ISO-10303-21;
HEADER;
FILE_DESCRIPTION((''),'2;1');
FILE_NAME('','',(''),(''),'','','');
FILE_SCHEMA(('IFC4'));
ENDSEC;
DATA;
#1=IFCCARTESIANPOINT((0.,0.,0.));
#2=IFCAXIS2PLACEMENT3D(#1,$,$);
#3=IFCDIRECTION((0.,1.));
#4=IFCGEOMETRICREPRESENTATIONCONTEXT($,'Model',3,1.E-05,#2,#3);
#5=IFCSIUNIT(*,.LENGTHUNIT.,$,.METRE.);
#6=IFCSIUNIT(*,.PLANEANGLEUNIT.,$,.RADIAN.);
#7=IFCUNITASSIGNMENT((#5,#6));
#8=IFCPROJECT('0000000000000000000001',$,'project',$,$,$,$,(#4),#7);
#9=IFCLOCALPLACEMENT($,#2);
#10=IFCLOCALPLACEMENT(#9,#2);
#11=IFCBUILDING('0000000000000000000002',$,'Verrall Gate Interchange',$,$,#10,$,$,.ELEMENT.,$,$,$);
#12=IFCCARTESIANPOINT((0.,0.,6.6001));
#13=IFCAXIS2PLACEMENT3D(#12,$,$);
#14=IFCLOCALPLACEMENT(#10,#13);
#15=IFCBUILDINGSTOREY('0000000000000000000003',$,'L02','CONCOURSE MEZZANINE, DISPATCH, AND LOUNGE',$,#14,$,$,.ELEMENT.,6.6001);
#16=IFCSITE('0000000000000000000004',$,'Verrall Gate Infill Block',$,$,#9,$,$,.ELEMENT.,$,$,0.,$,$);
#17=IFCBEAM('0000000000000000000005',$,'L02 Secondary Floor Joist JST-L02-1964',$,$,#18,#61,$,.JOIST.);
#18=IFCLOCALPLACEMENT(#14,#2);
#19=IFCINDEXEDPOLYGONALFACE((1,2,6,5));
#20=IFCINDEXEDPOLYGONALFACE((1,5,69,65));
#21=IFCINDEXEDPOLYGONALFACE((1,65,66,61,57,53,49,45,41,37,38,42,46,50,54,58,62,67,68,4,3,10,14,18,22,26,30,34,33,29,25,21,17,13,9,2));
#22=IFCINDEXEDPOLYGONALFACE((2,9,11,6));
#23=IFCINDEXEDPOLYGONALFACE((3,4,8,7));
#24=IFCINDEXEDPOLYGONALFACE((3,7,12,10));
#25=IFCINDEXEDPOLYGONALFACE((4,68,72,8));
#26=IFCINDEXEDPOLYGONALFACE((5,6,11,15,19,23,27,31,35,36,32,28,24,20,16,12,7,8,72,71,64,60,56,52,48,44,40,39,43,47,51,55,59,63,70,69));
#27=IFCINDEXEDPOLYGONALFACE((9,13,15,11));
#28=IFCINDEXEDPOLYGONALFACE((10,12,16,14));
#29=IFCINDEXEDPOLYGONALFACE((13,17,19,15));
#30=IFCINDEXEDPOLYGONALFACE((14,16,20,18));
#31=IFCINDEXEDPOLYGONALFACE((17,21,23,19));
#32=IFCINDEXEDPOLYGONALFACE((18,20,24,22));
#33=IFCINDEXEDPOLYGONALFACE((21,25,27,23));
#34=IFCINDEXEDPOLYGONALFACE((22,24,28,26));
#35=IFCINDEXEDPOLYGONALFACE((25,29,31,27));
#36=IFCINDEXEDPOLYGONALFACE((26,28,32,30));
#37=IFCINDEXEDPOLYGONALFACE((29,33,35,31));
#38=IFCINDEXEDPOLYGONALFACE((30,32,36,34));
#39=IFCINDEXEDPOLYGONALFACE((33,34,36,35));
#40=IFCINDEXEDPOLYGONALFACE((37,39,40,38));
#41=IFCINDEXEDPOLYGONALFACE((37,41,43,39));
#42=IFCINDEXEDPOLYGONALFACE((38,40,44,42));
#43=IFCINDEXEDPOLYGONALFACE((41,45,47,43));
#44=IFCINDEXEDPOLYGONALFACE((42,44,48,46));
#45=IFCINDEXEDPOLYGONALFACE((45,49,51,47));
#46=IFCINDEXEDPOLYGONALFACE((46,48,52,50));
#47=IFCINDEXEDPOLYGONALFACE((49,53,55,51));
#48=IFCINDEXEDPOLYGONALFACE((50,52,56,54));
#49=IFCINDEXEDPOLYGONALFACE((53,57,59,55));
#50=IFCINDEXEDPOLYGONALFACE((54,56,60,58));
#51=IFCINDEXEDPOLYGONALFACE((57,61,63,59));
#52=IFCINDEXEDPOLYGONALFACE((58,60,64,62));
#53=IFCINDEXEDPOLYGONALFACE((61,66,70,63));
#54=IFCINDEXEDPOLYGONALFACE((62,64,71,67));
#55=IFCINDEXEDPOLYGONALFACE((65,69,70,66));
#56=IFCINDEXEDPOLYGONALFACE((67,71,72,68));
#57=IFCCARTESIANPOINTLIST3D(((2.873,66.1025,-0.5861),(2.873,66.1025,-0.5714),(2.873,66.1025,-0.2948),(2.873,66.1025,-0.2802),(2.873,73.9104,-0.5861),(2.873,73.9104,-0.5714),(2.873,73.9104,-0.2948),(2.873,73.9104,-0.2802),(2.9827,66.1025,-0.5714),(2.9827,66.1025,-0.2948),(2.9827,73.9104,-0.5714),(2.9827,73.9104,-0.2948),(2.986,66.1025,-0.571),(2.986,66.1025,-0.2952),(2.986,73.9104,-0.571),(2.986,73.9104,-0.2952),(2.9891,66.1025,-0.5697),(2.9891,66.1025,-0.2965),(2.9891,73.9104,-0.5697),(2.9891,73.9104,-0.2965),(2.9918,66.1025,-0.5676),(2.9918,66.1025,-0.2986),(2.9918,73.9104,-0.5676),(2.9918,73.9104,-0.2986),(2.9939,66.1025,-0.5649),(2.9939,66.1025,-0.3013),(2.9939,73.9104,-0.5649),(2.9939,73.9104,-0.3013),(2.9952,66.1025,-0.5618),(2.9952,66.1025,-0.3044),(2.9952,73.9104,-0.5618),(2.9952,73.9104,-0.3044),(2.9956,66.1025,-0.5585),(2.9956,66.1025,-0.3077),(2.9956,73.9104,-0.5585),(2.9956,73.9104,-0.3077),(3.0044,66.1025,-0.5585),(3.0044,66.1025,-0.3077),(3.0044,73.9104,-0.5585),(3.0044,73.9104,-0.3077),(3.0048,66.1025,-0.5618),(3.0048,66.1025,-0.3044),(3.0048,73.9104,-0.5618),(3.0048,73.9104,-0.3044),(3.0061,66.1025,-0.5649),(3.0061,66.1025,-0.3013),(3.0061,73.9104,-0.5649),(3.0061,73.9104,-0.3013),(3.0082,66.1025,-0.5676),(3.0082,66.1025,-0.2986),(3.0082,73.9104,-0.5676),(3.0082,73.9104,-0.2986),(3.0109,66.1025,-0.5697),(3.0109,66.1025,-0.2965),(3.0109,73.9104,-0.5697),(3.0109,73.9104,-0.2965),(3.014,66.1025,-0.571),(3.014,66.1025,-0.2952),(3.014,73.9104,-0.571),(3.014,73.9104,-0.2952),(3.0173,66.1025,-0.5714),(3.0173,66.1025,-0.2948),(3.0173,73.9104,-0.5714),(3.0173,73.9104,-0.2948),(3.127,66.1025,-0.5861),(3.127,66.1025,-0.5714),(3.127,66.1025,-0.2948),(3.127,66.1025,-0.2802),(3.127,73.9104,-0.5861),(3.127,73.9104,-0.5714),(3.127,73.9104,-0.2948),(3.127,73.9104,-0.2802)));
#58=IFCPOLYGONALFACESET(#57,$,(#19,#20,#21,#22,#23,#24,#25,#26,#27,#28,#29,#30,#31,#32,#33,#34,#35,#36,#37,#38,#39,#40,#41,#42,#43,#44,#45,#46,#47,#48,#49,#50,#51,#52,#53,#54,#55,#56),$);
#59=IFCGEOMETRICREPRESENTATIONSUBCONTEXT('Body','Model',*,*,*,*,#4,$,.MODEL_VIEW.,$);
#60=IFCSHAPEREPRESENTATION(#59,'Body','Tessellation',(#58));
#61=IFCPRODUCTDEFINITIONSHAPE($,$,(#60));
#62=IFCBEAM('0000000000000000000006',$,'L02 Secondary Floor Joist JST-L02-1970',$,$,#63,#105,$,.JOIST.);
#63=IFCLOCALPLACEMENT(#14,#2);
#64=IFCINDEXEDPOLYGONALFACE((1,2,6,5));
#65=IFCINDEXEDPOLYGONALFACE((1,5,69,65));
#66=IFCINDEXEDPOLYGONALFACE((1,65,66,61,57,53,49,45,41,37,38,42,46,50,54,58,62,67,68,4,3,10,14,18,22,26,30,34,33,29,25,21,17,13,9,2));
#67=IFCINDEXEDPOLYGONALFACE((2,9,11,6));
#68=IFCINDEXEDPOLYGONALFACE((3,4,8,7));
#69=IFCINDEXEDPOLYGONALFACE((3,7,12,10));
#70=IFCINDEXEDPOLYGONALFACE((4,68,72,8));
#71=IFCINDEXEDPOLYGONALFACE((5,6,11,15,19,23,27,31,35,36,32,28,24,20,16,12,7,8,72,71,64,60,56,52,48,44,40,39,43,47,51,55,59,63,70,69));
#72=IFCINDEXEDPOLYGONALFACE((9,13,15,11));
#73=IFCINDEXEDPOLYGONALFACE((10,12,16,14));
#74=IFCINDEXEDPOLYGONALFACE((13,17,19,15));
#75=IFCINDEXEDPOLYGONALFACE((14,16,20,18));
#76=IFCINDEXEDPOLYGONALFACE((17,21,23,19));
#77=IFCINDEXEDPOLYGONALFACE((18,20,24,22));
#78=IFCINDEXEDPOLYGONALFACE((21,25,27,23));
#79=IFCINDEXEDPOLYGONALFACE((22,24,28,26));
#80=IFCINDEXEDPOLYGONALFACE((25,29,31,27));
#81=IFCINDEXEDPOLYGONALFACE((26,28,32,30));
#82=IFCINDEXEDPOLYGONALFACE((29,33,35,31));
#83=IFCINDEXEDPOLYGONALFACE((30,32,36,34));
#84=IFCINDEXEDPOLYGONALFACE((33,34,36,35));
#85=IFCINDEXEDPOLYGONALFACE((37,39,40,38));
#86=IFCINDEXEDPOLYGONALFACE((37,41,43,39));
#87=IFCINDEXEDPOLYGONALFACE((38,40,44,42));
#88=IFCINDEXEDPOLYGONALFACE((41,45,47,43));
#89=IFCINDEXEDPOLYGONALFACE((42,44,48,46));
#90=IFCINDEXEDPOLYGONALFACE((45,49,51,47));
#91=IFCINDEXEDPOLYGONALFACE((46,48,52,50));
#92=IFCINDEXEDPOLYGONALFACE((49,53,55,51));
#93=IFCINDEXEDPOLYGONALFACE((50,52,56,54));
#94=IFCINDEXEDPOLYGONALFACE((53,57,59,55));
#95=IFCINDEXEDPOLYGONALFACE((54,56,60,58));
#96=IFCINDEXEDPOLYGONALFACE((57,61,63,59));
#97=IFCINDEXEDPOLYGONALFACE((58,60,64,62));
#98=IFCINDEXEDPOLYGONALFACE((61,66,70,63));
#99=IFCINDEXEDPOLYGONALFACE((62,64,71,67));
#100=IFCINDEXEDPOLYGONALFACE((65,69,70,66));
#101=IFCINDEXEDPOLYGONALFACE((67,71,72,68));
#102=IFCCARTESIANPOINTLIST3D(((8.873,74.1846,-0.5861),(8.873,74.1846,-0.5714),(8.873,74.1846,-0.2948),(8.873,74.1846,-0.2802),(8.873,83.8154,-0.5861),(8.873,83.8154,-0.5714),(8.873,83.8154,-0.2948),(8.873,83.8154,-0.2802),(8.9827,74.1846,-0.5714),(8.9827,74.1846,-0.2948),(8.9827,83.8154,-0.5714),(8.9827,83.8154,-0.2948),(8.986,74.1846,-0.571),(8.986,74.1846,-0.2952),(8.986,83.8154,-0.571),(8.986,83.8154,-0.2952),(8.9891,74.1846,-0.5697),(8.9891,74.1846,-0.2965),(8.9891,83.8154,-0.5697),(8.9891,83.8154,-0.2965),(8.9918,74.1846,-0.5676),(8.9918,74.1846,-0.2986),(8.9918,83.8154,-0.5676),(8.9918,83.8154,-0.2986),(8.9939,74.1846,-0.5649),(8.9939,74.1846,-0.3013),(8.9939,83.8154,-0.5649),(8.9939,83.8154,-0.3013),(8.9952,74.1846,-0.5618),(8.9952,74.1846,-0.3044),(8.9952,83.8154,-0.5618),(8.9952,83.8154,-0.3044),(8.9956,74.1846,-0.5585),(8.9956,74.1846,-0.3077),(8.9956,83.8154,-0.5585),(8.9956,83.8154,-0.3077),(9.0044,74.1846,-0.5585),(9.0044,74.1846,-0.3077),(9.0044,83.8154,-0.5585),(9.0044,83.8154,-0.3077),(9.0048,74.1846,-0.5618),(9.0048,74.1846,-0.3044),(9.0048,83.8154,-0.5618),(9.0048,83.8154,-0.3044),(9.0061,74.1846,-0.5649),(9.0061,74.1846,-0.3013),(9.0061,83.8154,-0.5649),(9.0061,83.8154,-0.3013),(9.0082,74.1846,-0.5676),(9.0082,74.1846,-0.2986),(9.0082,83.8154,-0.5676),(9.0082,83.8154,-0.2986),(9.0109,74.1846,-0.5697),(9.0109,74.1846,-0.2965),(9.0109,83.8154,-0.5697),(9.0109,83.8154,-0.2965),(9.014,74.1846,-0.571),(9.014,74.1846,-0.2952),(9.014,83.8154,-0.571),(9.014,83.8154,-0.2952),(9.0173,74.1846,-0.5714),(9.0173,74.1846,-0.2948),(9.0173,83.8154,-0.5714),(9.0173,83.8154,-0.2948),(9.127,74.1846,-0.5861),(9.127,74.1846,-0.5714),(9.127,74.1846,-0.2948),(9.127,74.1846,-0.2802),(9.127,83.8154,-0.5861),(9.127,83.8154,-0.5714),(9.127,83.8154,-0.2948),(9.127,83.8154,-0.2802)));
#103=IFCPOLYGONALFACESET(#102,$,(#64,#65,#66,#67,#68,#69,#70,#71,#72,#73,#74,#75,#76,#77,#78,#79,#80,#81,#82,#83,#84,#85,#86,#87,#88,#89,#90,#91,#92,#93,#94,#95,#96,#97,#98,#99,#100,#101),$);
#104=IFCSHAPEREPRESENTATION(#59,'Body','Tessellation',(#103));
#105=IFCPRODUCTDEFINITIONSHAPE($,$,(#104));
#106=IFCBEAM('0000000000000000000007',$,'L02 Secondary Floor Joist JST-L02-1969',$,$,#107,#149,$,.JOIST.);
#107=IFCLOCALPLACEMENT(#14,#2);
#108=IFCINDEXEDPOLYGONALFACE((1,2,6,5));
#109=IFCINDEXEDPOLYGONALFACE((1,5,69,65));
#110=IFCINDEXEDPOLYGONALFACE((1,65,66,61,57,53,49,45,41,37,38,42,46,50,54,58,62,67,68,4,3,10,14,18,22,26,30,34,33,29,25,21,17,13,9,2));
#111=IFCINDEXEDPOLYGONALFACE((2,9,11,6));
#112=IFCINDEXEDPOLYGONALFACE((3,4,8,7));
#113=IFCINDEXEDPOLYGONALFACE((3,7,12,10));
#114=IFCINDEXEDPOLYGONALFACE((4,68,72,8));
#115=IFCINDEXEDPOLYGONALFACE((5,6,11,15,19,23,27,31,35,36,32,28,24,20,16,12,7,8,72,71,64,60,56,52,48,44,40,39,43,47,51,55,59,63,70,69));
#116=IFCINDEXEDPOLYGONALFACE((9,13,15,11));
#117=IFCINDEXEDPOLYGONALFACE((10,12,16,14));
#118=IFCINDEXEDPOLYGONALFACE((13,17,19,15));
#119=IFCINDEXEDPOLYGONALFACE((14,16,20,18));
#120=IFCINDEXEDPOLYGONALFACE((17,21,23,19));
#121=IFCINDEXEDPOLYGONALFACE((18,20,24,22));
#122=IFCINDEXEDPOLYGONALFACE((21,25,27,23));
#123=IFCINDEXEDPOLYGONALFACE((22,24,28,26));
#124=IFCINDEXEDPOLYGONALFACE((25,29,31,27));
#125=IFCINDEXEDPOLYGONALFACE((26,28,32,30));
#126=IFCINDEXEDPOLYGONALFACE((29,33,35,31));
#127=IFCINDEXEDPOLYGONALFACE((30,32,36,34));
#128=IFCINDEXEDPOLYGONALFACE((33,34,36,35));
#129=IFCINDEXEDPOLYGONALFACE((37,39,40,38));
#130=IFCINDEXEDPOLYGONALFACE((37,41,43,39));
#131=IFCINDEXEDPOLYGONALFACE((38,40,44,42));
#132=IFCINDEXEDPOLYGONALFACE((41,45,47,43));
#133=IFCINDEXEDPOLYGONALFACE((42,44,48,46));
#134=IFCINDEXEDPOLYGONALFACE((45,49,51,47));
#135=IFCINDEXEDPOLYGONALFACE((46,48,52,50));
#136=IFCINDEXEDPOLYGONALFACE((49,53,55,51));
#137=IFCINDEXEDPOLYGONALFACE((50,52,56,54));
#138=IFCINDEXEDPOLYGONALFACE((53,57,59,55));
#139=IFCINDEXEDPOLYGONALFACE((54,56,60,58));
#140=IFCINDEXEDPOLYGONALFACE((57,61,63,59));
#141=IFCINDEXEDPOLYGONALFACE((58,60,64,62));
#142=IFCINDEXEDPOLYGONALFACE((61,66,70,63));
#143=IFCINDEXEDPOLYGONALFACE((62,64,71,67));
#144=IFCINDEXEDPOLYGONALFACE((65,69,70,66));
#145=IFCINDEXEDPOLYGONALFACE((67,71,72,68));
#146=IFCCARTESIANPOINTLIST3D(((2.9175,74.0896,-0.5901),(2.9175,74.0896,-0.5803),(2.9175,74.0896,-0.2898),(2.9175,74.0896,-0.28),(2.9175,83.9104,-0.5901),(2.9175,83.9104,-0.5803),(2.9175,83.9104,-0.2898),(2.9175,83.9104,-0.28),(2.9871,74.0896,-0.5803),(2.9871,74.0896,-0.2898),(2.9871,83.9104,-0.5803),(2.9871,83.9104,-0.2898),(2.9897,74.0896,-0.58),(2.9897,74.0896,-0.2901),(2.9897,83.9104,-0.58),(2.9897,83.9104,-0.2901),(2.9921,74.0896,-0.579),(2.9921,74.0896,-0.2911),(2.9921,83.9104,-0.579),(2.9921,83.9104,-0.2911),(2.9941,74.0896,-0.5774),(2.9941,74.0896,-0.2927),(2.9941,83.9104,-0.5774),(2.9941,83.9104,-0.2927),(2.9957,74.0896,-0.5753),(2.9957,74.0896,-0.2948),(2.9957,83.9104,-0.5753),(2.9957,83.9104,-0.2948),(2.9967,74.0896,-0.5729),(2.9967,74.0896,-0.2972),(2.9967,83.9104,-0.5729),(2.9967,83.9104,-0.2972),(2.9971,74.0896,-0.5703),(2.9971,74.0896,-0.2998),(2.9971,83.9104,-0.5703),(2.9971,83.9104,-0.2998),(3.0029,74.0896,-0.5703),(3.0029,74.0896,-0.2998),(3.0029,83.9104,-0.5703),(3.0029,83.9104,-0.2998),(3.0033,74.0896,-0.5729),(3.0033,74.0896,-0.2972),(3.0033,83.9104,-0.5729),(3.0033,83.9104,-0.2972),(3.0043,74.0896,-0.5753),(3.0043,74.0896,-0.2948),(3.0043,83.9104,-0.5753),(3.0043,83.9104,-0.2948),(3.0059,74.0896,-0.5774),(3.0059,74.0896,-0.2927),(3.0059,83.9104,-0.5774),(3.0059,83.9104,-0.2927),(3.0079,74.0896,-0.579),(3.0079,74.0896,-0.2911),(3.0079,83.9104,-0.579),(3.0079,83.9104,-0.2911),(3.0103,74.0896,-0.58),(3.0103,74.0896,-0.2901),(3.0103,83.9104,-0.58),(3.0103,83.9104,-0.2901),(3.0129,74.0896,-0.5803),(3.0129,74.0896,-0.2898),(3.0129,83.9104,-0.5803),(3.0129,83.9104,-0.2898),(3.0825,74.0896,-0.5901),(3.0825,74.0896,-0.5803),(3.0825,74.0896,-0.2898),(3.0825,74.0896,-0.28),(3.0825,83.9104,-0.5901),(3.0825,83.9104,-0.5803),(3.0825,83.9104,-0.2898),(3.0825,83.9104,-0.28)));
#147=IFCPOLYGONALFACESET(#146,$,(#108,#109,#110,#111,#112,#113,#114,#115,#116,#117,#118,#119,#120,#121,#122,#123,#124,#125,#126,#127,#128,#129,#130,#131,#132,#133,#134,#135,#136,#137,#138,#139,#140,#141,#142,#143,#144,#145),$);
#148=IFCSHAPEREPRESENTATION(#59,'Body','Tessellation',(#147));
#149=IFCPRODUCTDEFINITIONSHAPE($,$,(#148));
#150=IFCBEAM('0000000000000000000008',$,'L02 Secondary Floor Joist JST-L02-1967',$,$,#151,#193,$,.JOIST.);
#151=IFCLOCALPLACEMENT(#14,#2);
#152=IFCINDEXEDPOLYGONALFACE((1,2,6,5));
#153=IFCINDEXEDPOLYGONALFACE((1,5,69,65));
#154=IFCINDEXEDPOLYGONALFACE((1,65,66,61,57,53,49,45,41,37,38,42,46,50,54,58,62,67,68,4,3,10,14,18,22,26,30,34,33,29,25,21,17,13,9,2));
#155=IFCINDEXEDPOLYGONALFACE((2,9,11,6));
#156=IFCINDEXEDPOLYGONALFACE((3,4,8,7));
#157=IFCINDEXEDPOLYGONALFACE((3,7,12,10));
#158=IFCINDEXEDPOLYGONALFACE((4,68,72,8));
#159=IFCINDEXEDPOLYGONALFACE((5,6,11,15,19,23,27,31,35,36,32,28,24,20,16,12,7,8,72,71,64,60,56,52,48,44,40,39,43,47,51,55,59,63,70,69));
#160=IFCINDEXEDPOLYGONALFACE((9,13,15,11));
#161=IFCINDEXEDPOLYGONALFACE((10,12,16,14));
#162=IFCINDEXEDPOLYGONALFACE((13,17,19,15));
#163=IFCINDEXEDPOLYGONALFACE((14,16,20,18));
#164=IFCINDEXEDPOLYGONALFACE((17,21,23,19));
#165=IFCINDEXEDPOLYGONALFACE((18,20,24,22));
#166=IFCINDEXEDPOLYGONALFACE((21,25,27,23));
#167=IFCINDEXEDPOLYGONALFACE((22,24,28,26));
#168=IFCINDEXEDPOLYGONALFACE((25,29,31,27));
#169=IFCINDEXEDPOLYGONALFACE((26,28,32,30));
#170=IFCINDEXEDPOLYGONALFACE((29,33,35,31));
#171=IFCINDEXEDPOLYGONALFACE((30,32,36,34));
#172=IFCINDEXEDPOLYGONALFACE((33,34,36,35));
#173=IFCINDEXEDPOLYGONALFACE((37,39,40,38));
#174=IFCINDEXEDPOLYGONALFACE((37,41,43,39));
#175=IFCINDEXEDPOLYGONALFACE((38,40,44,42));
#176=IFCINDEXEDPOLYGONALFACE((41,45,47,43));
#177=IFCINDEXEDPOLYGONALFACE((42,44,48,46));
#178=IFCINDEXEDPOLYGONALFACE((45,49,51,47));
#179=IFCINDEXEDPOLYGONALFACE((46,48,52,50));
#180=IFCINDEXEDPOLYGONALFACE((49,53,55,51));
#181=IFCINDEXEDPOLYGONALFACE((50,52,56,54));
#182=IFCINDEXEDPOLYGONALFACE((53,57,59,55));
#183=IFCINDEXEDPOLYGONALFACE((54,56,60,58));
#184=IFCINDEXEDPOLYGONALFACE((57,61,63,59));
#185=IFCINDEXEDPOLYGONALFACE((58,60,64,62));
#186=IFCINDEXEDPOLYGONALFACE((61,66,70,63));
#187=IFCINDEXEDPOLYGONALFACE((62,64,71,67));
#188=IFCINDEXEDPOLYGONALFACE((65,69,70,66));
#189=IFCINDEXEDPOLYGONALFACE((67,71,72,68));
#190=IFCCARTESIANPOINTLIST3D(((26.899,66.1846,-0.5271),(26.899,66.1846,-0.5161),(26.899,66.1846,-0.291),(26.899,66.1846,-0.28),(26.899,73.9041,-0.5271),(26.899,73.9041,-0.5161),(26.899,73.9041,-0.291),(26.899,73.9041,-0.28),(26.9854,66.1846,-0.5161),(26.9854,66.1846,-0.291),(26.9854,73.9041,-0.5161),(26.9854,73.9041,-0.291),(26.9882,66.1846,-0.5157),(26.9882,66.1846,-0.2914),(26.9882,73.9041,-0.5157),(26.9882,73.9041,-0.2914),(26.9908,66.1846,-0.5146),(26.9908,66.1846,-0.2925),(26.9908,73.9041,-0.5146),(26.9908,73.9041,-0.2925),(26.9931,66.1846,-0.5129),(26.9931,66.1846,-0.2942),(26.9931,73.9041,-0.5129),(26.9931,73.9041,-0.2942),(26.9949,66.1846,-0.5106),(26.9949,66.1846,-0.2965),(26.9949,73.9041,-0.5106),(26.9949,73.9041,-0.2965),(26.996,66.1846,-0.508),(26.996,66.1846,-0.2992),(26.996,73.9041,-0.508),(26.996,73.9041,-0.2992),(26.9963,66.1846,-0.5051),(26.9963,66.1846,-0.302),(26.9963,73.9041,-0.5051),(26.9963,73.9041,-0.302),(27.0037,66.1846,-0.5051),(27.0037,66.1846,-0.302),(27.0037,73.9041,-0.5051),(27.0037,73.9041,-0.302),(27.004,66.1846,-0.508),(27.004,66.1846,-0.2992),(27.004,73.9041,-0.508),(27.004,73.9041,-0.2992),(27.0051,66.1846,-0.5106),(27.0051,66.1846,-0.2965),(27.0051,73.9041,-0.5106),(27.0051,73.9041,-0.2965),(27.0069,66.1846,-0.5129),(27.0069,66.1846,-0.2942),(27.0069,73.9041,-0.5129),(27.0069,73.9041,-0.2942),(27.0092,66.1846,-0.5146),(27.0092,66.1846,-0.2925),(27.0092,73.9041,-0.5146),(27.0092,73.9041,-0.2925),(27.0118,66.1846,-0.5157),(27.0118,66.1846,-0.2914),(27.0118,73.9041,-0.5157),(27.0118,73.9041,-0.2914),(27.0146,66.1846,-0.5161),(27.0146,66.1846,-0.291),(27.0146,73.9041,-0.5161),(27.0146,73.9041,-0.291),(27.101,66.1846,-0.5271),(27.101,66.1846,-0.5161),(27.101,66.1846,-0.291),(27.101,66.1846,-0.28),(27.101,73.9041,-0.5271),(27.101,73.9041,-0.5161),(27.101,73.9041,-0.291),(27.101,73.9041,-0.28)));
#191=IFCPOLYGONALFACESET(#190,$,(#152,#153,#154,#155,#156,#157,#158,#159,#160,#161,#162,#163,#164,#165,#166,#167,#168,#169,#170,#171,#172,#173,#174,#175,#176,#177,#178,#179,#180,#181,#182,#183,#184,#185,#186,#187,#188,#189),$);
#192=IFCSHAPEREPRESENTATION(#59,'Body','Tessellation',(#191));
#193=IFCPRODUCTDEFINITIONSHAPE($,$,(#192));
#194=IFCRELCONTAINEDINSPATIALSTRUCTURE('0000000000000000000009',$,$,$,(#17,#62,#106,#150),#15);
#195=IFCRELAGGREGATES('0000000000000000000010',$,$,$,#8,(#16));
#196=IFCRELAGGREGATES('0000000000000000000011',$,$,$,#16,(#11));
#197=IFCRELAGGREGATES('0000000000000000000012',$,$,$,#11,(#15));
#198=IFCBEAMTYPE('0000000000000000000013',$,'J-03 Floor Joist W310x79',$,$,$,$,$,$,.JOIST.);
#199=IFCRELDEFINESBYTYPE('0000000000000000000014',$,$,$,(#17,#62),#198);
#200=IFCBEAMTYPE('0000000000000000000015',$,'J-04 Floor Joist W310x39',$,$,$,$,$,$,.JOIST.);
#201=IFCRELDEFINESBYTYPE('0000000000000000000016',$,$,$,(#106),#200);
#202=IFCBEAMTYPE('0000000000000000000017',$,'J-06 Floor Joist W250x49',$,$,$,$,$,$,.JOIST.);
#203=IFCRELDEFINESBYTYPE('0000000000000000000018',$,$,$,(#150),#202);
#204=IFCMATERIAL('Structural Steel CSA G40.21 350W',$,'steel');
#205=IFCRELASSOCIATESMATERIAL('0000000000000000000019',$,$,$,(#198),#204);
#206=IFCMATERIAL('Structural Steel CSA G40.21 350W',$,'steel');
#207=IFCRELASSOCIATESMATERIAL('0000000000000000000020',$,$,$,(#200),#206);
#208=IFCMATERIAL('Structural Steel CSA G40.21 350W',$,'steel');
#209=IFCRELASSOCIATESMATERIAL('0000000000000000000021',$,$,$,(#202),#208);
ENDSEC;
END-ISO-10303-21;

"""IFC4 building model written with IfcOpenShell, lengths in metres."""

from ifc_helpers import new_model, si_unit, direction, frame, origin, origin_2d, place, context, subcontext, project, spatial, i_section, extrude, material, material_profile, profile_set, type_object, element, save


model = new_model("IFC4")

# Units and contexts
model_context = context("Model", 3, precision=1e-05, world=origin(), true_north=direction((0.0, 1.0)))
body_context = subcontext(model_context, "Body", "Model", "MODEL_VIEW")
ifc_project = project(units=[si_unit("LENGTHUNIT", "METRE"), si_unit("PLANEANGLEUNIT", "RADIAN")], contexts=[model_context])

# Site, building, storey
site_placement = place(None, origin())
site = spatial("IfcSite", under=ifc_project, at=site_placement, Name="Verrall Gate Infill Block", CompositionType="ELEMENT", RefElevation=0.0)
building_placement = place(site_placement, origin())
building = spatial("IfcBuilding", under=site, at=building_placement, Name="Verrall Gate Interchange", CompositionType="ELEMENT")
storey_placement = place(building_placement, frame((0.0, 0.0, 6.6001)))
storey = spatial("IfcBuildingStorey", under=building, at=storey_placement, Name="L02", Description="CONCOURSE MEZZANINE, DISPATCH, AND LOUNGE", CompositionType="ELEMENT", Elevation=6.6001)

# Beams
ifc_material_1 = material(Name="Structural Steel CSA G40.21 350W", Category="steel")
ifc_material_profile_1 = material_profile(ifc_material_1, i_section(OverallWidth=0.2539, OverallDepth=0.3059, WebThickness=0.0088, FlangeThickness=0.0146, FilletRadius=0.0129, at=origin_2d()), Name="W310x79")
ifc_profile_set_1 = profile_set([ifc_material_profile_1], Name="Structural Steel CSA G40.21 350W")
beam_type_1 = type_object("IfcBeamType", Name="J-03 Floor Joist W310x79", PredefinedType="JOIST", material=ifc_profile_set_1)
beam_1_placement = place(storey_placement, frame((3.0, 66.1025, -0.4331), z_axis=(0.0, 1.0, 0.0), x_axis=(-1.0, 0.0, 0.0)))
element("IfcBeam", 1, at=beam_1_placement, inside=storey, type_object=beam_type_1, Name="L02 Secondary Floor Joist JST-L02-1964", PredefinedType="JOIST", context=body_context, shape_type="SweptSolid", body=[
    extrude(i_section(OverallWidth=0.2539, OverallDepth=0.3059, WebThickness=0.0088, FlangeThickness=0.0146, FilletRadius=0.0129, at=origin_2d()), origin(), (0.0, 0.0, 1.0), 7.8079),
])
beam_2_placement = place(storey_placement, frame((9.0, 74.1846, -0.4331), z_axis=(0.0, 1.0, 0.0), x_axis=(-1.0, 0.0, 0.0)))
element("IfcBeam", 2, at=beam_2_placement, inside=storey, type_object=beam_type_1, Name="L02 Secondary Floor Joist JST-L02-1970", PredefinedType="JOIST", context=body_context, shape_type="SweptSolid", body=[
    extrude(i_section(OverallWidth=0.2539, OverallDepth=0.3059, WebThickness=0.0088, FlangeThickness=0.0146, FilletRadius=0.0129, at=origin_2d()), origin(), (0.0, 0.0, 1.0), 9.6309),
])
ifc_material_2 = material(Name="Structural Steel CSA G40.21 350W", Category="steel")
ifc_material_profile_2 = material_profile(ifc_material_2, i_section(OverallWidth=0.165, OverallDepth=0.3101, WebThickness=0.0059, FlangeThickness=0.0098, FilletRadius=0.01, at=origin_2d()), Name="W310x39")
ifc_profile_set_2 = profile_set([ifc_material_profile_2], Name="Structural Steel CSA G40.21 350W")
beam_type_2 = type_object("IfcBeamType", Name="J-04 Floor Joist W310x39", PredefinedType="JOIST", material=ifc_profile_set_2)
beam_3_placement = place(storey_placement, frame((3.0, 74.0896, -0.4351), z_axis=(0.0, 1.0, 0.0), x_axis=(-1.0, 0.0, 0.0)))
element("IfcBeam", 3, at=beam_3_placement, inside=storey, type_object=beam_type_2, Name="L02 Secondary Floor Joist JST-L02-1969", PredefinedType="JOIST", context=body_context, shape_type="SweptSolid", body=[
    extrude(i_section(OverallWidth=0.165, OverallDepth=0.3101, WebThickness=0.0059, FlangeThickness=0.0098, FilletRadius=0.01, at=origin_2d()), origin(), (0.0, 0.0, 1.0), 9.8208),
])
ifc_material_3 = material(Name="Structural Steel CSA G40.21 350W", Category="steel")
ifc_material_profile_3 = material_profile(ifc_material_3, i_section(OverallWidth=0.2019, OverallDepth=0.2471, WebThickness=0.0073, FlangeThickness=0.011, FilletRadius=0.011, at=origin_2d()), Name="W250x49")
ifc_profile_set_3 = profile_set([ifc_material_profile_3], Name="Structural Steel CSA G40.21 350W")
beam_type_3 = type_object("IfcBeamType", Name="J-06 Floor Joist W250x49", PredefinedType="JOIST", material=ifc_profile_set_3)
beam_4_placement = place(storey_placement, frame((27.0, 66.1846, -0.4036), z_axis=(0.0, 1.0, 0.0), x_axis=(-1.0, 0.0, 0.0)))
element("IfcBeam", 4, at=beam_4_placement, inside=storey, type_object=beam_type_3, Name="L02 Secondary Floor Joist JST-L02-1967", PredefinedType="JOIST", context=body_context, shape_type="SweptSolid", body=[
    extrude(i_section(OverallWidth=0.2019, OverallDepth=0.2471, WebThickness=0.0073, FlangeThickness=0.011, FilletRadius=0.011, at=origin_2d()), origin(), (0.0, 0.0, 1.0), 7.7195),
])

save(model, "model.ifc")
